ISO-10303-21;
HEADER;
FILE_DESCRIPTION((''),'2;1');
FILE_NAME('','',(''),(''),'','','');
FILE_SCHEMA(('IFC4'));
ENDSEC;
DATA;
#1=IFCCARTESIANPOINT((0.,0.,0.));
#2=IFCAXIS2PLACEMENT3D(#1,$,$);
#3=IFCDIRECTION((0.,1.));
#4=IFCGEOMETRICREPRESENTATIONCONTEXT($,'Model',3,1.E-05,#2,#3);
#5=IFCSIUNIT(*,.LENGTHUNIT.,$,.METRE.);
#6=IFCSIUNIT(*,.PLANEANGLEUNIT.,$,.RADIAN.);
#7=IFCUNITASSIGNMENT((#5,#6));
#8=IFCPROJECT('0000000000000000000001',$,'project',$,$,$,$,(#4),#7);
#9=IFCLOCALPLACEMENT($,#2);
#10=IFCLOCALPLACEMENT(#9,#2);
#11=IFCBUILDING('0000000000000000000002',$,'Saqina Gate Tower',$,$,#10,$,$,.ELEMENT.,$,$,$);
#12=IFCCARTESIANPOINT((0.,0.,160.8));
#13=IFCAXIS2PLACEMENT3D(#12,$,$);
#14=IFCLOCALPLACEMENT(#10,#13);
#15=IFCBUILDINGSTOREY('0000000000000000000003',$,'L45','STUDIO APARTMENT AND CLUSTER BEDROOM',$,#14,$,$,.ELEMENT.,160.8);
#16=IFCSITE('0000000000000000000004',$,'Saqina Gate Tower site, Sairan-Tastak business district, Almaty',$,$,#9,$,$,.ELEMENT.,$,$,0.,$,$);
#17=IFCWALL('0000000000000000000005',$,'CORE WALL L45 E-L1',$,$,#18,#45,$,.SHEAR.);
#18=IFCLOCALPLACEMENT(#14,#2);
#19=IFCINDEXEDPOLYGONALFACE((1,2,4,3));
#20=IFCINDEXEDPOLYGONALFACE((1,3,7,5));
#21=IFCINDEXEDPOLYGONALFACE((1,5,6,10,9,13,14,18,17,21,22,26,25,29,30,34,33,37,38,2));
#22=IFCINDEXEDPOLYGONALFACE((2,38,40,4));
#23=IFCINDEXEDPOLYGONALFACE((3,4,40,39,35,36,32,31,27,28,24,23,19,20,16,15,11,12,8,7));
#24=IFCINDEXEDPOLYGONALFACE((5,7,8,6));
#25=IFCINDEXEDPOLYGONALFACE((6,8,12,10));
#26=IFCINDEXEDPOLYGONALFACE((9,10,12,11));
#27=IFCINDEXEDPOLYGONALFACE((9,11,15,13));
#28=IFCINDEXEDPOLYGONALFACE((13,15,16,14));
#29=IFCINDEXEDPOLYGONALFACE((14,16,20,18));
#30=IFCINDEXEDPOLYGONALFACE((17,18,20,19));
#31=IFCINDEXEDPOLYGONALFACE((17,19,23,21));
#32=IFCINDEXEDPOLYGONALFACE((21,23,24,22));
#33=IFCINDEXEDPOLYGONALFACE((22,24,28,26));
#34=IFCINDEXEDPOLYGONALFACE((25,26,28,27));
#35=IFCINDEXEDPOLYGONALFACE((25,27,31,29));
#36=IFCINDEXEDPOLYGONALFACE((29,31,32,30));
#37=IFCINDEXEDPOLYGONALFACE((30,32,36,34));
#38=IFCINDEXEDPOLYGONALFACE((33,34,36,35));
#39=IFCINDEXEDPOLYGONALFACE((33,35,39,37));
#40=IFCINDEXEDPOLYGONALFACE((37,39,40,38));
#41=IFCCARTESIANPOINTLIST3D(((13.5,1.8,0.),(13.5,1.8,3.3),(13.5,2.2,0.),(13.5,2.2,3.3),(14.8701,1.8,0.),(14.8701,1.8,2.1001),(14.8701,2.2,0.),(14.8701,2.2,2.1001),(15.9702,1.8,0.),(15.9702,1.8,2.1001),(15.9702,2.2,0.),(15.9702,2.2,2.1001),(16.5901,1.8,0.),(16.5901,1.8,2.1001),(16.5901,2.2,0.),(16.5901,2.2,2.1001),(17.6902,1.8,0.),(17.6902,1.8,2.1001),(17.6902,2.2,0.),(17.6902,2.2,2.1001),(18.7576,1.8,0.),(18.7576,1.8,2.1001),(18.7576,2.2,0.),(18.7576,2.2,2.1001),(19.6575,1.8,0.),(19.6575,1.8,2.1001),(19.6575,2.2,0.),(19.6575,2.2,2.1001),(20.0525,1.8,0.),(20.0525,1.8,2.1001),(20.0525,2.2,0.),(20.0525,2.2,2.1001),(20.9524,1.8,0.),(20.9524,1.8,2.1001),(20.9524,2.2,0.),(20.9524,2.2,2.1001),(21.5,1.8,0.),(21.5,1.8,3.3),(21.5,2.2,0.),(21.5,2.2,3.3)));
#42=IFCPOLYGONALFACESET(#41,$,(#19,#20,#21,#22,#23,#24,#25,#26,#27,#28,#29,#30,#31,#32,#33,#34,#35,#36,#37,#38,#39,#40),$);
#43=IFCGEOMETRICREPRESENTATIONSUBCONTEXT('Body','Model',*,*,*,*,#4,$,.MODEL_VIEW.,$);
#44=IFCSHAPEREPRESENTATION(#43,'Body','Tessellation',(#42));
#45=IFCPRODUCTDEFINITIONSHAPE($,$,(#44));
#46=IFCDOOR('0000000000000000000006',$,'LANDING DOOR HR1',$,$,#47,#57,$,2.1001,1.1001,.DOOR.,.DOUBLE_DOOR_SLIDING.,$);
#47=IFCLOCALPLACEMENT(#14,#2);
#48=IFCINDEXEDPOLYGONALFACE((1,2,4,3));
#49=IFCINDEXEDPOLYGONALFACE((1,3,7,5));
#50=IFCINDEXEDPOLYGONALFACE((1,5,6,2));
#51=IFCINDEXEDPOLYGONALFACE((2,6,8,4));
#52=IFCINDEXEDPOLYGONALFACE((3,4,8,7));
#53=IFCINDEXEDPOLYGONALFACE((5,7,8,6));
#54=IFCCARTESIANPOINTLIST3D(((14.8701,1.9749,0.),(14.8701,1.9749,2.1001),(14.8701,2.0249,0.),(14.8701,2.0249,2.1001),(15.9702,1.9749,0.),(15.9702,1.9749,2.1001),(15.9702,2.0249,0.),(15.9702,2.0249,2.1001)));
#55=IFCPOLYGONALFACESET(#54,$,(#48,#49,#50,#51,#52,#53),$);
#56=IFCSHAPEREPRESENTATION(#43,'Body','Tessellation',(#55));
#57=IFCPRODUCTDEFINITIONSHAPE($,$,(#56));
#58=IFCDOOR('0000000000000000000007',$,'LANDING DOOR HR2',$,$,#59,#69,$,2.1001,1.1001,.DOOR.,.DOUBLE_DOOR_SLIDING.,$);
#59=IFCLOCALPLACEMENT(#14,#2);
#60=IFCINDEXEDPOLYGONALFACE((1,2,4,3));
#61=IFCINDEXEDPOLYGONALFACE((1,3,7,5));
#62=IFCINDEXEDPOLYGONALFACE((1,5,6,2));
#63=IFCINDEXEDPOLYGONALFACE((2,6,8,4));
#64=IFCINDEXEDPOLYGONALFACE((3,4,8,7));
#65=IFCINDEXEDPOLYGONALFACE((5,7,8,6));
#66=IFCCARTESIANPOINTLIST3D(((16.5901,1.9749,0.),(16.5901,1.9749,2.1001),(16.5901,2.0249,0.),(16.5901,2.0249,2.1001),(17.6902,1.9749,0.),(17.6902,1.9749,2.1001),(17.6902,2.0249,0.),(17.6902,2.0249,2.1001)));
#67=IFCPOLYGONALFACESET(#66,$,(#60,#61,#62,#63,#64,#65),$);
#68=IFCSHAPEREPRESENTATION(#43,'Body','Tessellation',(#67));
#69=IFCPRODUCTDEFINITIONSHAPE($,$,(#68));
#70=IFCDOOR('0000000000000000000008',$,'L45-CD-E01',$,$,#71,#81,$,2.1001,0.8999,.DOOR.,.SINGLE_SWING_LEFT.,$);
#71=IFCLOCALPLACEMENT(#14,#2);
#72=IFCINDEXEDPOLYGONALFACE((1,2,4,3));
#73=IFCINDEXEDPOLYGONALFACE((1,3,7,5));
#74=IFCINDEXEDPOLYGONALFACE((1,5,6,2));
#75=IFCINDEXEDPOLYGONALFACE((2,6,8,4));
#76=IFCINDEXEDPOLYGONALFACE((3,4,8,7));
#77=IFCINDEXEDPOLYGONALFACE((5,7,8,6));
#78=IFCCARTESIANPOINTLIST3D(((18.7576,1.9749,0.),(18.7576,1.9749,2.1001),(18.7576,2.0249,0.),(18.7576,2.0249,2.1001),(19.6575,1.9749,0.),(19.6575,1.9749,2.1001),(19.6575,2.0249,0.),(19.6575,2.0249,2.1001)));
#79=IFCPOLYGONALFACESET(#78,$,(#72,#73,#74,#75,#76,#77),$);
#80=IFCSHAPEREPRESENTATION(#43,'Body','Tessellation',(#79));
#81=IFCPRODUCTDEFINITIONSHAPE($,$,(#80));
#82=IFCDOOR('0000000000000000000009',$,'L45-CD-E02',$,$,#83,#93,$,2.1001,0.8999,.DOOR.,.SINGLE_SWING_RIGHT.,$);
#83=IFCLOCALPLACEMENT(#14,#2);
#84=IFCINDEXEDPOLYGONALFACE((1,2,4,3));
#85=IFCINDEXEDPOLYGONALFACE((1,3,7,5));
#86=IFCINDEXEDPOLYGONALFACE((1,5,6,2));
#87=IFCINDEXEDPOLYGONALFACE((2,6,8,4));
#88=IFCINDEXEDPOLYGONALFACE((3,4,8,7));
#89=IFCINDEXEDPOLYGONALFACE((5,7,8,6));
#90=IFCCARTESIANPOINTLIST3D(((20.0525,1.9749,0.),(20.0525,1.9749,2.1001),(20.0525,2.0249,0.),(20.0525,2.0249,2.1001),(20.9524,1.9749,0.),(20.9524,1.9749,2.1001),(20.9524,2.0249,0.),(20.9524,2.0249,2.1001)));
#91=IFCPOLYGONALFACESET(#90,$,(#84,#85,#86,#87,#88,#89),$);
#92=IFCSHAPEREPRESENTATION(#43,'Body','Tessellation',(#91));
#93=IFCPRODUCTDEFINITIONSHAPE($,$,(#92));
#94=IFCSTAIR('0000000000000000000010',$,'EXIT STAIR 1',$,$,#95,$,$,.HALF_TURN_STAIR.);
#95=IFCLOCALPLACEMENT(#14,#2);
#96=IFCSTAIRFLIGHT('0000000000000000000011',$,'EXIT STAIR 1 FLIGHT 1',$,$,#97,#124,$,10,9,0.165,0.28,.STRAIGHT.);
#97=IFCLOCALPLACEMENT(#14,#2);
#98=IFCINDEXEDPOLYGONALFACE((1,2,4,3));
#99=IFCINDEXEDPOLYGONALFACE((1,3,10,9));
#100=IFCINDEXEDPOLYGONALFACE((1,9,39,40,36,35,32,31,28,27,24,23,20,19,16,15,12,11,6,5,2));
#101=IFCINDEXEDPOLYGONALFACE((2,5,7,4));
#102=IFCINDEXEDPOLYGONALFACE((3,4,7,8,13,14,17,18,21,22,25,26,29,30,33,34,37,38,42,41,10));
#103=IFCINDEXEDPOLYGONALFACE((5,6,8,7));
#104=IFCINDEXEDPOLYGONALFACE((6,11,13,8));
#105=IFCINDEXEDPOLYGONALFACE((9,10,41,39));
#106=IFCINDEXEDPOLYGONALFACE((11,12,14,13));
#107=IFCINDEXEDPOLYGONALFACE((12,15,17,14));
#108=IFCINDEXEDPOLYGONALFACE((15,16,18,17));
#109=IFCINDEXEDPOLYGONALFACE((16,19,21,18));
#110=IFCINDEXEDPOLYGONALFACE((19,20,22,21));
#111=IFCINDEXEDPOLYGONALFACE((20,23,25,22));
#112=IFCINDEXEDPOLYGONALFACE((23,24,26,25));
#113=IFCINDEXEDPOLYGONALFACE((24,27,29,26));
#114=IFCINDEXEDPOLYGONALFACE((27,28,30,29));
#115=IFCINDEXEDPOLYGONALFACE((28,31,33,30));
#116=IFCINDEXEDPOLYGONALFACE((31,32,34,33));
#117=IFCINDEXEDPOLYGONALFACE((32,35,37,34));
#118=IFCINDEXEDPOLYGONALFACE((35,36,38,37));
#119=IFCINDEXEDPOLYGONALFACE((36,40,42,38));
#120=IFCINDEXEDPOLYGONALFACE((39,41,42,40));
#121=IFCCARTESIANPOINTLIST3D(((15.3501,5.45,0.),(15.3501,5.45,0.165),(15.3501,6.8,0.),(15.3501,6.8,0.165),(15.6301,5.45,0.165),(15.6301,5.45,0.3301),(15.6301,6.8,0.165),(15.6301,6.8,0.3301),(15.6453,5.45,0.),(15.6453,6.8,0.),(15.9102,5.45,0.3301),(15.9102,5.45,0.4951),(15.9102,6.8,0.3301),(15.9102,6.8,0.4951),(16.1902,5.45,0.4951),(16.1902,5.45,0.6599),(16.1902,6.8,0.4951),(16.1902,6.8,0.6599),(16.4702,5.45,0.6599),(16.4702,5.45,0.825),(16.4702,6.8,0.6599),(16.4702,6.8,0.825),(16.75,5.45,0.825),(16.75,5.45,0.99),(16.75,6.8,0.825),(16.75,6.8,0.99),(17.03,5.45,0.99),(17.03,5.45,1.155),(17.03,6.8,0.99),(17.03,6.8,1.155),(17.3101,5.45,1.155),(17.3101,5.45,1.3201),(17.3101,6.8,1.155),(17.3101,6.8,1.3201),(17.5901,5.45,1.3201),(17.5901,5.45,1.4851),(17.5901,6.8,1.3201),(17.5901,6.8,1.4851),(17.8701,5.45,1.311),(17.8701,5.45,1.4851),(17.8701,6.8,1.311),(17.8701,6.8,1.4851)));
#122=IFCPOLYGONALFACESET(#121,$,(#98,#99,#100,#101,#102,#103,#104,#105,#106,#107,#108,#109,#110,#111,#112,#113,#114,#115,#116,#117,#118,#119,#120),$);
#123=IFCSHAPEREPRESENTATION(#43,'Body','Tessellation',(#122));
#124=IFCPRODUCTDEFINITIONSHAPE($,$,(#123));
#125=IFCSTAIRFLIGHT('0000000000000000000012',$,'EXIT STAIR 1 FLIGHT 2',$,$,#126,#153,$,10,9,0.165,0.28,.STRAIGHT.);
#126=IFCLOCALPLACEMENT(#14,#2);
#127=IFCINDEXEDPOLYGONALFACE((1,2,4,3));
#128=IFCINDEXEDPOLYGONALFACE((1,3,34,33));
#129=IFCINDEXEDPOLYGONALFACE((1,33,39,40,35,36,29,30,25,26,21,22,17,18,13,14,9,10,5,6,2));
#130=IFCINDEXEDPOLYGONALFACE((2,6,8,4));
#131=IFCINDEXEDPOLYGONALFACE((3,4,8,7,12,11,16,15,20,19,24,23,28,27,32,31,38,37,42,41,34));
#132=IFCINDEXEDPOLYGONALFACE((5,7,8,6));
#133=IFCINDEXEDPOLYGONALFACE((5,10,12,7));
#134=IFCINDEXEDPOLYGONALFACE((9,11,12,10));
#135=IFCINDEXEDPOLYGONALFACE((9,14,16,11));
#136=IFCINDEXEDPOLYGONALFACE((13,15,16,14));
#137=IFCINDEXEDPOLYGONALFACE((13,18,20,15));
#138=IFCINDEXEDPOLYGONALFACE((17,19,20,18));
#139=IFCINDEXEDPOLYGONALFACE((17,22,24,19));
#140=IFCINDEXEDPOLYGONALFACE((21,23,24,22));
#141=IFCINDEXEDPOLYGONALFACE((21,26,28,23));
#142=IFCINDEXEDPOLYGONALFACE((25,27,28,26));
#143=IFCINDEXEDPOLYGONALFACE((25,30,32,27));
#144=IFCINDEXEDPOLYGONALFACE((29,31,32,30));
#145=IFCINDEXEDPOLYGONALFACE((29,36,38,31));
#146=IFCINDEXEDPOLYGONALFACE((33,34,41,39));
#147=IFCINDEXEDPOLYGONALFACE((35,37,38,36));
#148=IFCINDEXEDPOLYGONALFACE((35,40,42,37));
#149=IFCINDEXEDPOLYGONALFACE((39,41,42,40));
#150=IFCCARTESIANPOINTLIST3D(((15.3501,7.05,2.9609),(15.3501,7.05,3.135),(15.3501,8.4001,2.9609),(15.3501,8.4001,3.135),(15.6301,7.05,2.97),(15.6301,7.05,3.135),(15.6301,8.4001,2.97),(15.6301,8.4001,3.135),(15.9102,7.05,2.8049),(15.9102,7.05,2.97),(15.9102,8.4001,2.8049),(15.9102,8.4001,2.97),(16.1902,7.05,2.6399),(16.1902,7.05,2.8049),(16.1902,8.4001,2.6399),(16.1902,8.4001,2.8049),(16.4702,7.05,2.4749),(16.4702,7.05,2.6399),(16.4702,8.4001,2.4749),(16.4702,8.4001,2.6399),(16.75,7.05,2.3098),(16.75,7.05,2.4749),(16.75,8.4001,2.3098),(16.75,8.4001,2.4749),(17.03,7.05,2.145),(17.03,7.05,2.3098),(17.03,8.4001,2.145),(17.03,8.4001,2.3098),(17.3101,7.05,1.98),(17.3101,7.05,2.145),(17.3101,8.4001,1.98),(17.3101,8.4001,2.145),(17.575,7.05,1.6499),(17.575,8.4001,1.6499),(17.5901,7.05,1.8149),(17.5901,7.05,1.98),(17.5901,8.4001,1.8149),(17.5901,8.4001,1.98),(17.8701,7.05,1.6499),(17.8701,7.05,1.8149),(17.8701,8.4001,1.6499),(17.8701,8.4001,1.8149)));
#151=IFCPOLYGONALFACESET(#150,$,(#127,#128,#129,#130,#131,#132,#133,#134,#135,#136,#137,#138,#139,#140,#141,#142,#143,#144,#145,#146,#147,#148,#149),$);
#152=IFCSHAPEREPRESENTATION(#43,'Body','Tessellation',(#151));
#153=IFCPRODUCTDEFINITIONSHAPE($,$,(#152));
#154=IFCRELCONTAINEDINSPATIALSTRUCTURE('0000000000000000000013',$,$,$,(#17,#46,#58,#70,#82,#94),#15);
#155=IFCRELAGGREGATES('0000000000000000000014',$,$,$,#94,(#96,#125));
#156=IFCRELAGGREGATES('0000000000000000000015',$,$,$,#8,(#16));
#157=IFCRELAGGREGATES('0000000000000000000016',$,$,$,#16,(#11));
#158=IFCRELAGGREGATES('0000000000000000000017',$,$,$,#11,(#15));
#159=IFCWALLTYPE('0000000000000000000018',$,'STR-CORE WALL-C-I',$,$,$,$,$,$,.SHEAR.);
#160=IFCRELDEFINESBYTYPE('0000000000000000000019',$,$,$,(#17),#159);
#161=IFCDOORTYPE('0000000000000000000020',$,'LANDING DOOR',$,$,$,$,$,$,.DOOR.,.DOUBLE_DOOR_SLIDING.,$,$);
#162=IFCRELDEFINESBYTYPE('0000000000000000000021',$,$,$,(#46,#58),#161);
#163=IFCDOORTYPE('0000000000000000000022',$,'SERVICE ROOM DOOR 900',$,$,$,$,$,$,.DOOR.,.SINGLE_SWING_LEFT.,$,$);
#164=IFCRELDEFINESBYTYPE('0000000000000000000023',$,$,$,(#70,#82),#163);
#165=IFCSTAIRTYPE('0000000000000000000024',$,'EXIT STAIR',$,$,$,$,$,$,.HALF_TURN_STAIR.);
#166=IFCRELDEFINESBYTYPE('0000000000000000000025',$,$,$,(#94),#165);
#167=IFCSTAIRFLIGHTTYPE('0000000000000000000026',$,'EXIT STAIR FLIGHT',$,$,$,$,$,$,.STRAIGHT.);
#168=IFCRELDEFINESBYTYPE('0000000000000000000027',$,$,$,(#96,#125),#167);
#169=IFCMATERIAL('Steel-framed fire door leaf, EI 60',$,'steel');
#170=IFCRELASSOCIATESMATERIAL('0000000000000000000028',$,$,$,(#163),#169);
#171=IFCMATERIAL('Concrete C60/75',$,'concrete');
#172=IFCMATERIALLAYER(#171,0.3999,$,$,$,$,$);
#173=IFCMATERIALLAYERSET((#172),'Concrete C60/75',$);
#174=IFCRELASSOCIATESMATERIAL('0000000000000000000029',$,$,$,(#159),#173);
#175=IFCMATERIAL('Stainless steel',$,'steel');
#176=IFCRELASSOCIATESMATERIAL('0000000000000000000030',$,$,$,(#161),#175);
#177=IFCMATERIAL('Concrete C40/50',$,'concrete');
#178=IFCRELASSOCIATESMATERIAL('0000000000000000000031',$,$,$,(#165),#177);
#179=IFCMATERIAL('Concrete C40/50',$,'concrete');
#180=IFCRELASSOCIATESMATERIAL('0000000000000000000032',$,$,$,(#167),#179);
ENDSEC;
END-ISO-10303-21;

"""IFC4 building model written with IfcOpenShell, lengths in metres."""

from ifc_helpers import new_model, si_unit, direction, frame, frame_2d, origin, place, context, subcontext, project, spatial, polyline, rectangle, outline, extrude, material, layer, layer_set, type_object, element, fill, aggregate, save


model = new_model("IFC4")

# Units and contexts
model_context = context("Model", 3, precision=1e-05, world=origin(), true_north=direction((0.0, 1.0)))
body_context = subcontext(model_context, "Body", "Model", "MODEL_VIEW")
ifc_project = project(units=[si_unit("LENGTHUNIT", "METRE"), si_unit("PLANEANGLEUNIT", "RADIAN")], contexts=[model_context])

# Site, building, storey
site_placement = place(None, origin())
site = spatial("IfcSite", under=ifc_project, at=site_placement, Name="Saqina Gate Tower site, Sairan-Tastak business district, Almaty", CompositionType="ELEMENT", RefElevation=0.0)
building_placement = place(site_placement, origin())
building = spatial("IfcBuilding", under=site, at=building_placement, Name="Saqina Gate Tower", CompositionType="ELEMENT")
storey_placement = place(building_placement, frame((0.0, 0.0, 160.8)))
storey = spatial("IfcBuildingStorey", under=building, at=storey_placement, Name="L45", Description="STUDIO APARTMENT AND CLUSTER BEDROOM", CompositionType="ELEMENT", Elevation=160.8)

# Shared definitions
ifc_material_1 = material(Name="Steel-framed fire door leaf, EI 60", Category="steel")
door_type_1 = type_object("IfcDoorType", Name="SERVICE ROOM DOOR 900", OperationType="SINGLE_SWING_LEFT", PredefinedType="DOOR", material=ifc_material_1)

# Shared definitions
ifc_material_2 = material(Name="Concrete C60/75", Category="concrete")
ifc_layer_1 = layer(ifc_material_2, 0.3999)
ifc_layer_set_1 = layer_set([ifc_layer_1], Name="Concrete C60/75")
wall_type_1 = type_object("IfcWallType", Name="STR-CORE WALL-C-I", PredefinedType="SHEAR", material=ifc_layer_set_1)

# Wall, openings, doors
wall_1_placement = place(storey_placement, frame((13.5, 2.0, 0.0), z_axis=(0.0, 0.0, 1.0), x_axis=(1.0, 0.0, 0.0)))
wall_1 = element("IfcWall", 1, at=wall_1_placement, inside=storey, type_object=wall_type_1, Name="CORE WALL L45 E-L1", PredefinedType="SHEAR", context=body_context, shape_type="SweptSolid", body=[
    extrude(rectangle(XDim=8.0, YDim=0.3999, at=frame_2d((4.0, 0.0))), origin(), (0.0, 0.0, 1.0), 3.3),
])
opening_1_placement = place(wall_1_placement, frame((1.3701, 0.0, 0.0)))
opening_1 = element("IfcOpeningElement", 2, at=opening_1_placement, cuts=wall_1, PredefinedType="OPENING", context=body_context, shape_type="SweptSolid", body=[
    extrude(rectangle(XDim=1.1001, YDim=2.1001, at=frame_2d((0.55, 1.05))), frame((0.0, 0.2119, 0.0), z_axis=(0.0, -1.0, 0.0), x_axis=(1.0, 0.0, 0.0)), (0.0, 0.0, 1.0), 0.4238),
])
opening_2_placement = place(wall_1_placement, frame((3.0901, 0.0, 0.0)))
opening_2 = element("IfcOpeningElement", 3, at=opening_2_placement, cuts=wall_1, PredefinedType="OPENING", context=body_context, shape_type="SweptSolid", body=[
    extrude(rectangle(XDim=1.1001, YDim=2.1001, at=frame_2d((0.55, 1.05))), frame((0.0, 0.2119, 0.0), z_axis=(0.0, -1.0, 0.0), x_axis=(1.0, 0.0, 0.0)), (0.0, 0.0, 1.0), 0.4238),
])
opening_3_placement = place(wall_1_placement, frame((5.2576, 0.0, 0.0)))
opening_3 = element("IfcOpeningElement", 4, at=opening_3_placement, cuts=wall_1, PredefinedType="OPENING", context=body_context, shape_type="SweptSolid", body=[
    extrude(rectangle(XDim=0.8999, YDim=2.1001, at=frame_2d((0.45, 1.05))), frame((0.0, 0.2119, 0.0), z_axis=(0.0, -1.0, 0.0), x_axis=(1.0, 0.0, 0.0)), (0.0, 0.0, 1.0), 0.4238),
])
opening_4_placement = place(wall_1_placement, frame((6.5525, 0.0, 0.0)))
opening_4 = element("IfcOpeningElement", 5, at=opening_4_placement, cuts=wall_1, PredefinedType="OPENING", context=body_context, shape_type="SweptSolid", body=[
    extrude(rectangle(XDim=0.8999, YDim=2.1001, at=frame_2d((0.45, 1.05))), frame((0.0, 0.2119, 0.0), z_axis=(0.0, -1.0, 0.0), x_axis=(1.0, 0.0, 0.0)), (0.0, 0.0, 1.0), 0.4238),
])
ifc_material_3 = material(Name="Stainless steel", Category="steel")
door_type_2 = type_object("IfcDoorType", Name="LANDING DOOR", OperationType="DOUBLE_DOOR_SLIDING", PredefinedType="DOOR", material=ifc_material_3)
door_1_placement = place(opening_1_placement, origin())
door_1 = element("IfcDoor", 6, at=door_1_placement, inside=storey, type_object=door_type_2, Name="LANDING DOOR HR1", OperationType="DOUBLE_DOOR_SLIDING", OverallHeight=2.1001, OverallWidth=1.1001, PredefinedType="DOOR", context=body_context, shape_type="SweptSolid", body=[
    extrude(rectangle(XDim=1.1001, YDim=2.1001, at=frame_2d((0.55, 1.05))), frame((0.0, 0.0249, 0.0), z_axis=(0.0, -1.0, 0.0), x_axis=(1.0, 0.0, 0.0)), (0.0, 0.0, 1.0), 0.05),
])
fill(opening_1, door_1)
door_2_placement = place(opening_2_placement, origin())
door_2 = element("IfcDoor", 7, at=door_2_placement, inside=storey, type_object=door_type_2, Name="LANDING DOOR HR2", OperationType="DOUBLE_DOOR_SLIDING", OverallHeight=2.1001, OverallWidth=1.1001, PredefinedType="DOOR", context=body_context, shape_type="SweptSolid", body=[
    extrude(rectangle(XDim=1.1001, YDim=2.1001, at=frame_2d((0.55, 1.05))), frame((0.0, 0.0249, 0.0), z_axis=(0.0, -1.0, 0.0), x_axis=(1.0, 0.0, 0.0)), (0.0, 0.0, 1.0), 0.05),
])
fill(opening_2, door_2)
door_3_placement = place(opening_3_placement, origin())
door_3 = element("IfcDoor", 8, at=door_3_placement, inside=storey, type_object=door_type_1, Name="L45-CD-E01", OperationType="SINGLE_SWING_LEFT", OverallHeight=2.1001, OverallWidth=0.8999, PredefinedType="DOOR", context=body_context, shape_type="SweptSolid", body=[
    extrude(rectangle(XDim=0.8999, YDim=2.1001, at=frame_2d((0.45, 1.05))), frame((0.0, 0.0249, 0.0), z_axis=(0.0, -1.0, 0.0), x_axis=(1.0, 0.0, 0.0)), (0.0, 0.0, 1.0), 0.05),
])
fill(opening_3, door_3)
door_4_placement = place(opening_4_placement, origin())
door_4 = element("IfcDoor", 9, at=door_4_placement, inside=storey, type_object=door_type_1, Name="L45-CD-E02", OperationType="SINGLE_SWING_RIGHT", OverallHeight=2.1001, OverallWidth=0.8999, PredefinedType="DOOR", context=body_context, shape_type="SweptSolid", body=[
    extrude(rectangle(XDim=0.8999, YDim=2.1001, at=frame_2d((0.45, 1.05))), frame((0.0, 0.0249, 0.0), z_axis=(0.0, -1.0, 0.0), x_axis=(1.0, 0.0, 0.0)), (0.0, 0.0, 1.0), 0.05),
])
fill(opening_4, door_4)

# Stair, stair flights
ifc_material_4 = material(Name="Concrete C40/50", Category="concrete")
stair_type = type_object("IfcStairType", Name="EXIT STAIR", PredefinedType="HALF_TURN_STAIR", material=ifc_material_4)
stair_placement = place(storey_placement, origin())
stair = element("IfcStair", 10, at=stair_placement, inside=storey, type_object=stair_type, Name="EXIT STAIR 1", PredefinedType="HALF_TURN_STAIR")
ifc_material_5 = material(Name="Concrete C40/50", Category="concrete")
stair_flight_type = type_object("IfcStairFlightType", Name="EXIT STAIR FLIGHT", PredefinedType="STRAIGHT", material=ifc_material_5)
stair_flight_1_placement = place(storey_placement, frame((15.3501, 6.125, 0.0), z_axis=(0.0, 0.0, 1.0), x_axis=(1.0, 0.0, 0.0)))
stair_flight_1 = element("IfcStairFlight", 11, at=stair_flight_1_placement, type_object=stair_flight_type, Name="EXIT STAIR 1 FLIGHT 1", NumberOfRisers=10, NumberOfTreads=9, PredefinedType="STRAIGHT", RiserHeight=0.165, TreadLength=0.28, context=body_context, shape_type="SweptSolid", body=[
    extrude(outline(polyline([(0.0, 0.0), (0.0, 0.165), (0.28, 0.165), (0.28, 0.3301), (0.5601, 0.3301), (0.5601, 0.4951), (0.8401, 0.4951), (0.8401, 0.6599), (1.1201, 0.6599), (1.1201, 0.825), (1.3999, 0.825), (1.3999, 0.99), (1.6799, 0.99), (1.6799, 1.155), (1.96, 1.155), (1.96, 1.3201), (2.24, 1.3201), (2.24, 1.4851), (2.52, 1.4851), (2.52, 1.6499), (2.52, 1.311), (0.2952, 0.0), (0.0, 0.0)])), frame((0.0, 0.675, 0.0), z_axis=(0.0, -1.0, 0.0), x_axis=(1.0, 0.0, 0.0)), (0.0, 0.0, 1.0), 1.3501),
])
stair_flight_2_placement = place(storey_placement, frame((17.8701, 7.7251, 1.6499), z_axis=(0.0, 0.0, 1.0), x_axis=(-1.0, 0.0, 0.0)))
stair_flight_2 = element("IfcStairFlight", 12, at=stair_flight_2_placement, type_object=stair_flight_type, Name="EXIT STAIR 1 FLIGHT 2", NumberOfRisers=10, NumberOfTreads=9, PredefinedType="STRAIGHT", RiserHeight=0.165, TreadLength=0.28, context=body_context, shape_type="SweptSolid", body=[
    extrude(outline(polyline([(0.0, 0.0), (0.0, 0.165), (0.28, 0.165), (0.28, 0.3301), (0.5601, 0.3301), (0.5601, 0.4951), (0.8401, 0.4951), (0.8401, 0.6599), (1.1201, 0.6599), (1.1201, 0.825), (1.3999, 0.825), (1.3999, 0.99), (1.6799, 0.99), (1.6799, 1.155), (1.96, 1.155), (1.96, 1.3201), (2.24, 1.3201), (2.24, 1.4851), (2.52, 1.4851), (2.52, 1.6499), (2.52, 1.311), (0.2952, 0.0), (0.0, 0.0)])), frame((0.0, 0.675, 0.0), z_axis=(0.0, -1.0, 0.0), x_axis=(1.0, 0.0, 0.0)), (0.0, 0.0, 1.0), 1.3501),
])
aggregate(stair, [stair_flight_1, stair_flight_2])

save(model, "model.ifc")
